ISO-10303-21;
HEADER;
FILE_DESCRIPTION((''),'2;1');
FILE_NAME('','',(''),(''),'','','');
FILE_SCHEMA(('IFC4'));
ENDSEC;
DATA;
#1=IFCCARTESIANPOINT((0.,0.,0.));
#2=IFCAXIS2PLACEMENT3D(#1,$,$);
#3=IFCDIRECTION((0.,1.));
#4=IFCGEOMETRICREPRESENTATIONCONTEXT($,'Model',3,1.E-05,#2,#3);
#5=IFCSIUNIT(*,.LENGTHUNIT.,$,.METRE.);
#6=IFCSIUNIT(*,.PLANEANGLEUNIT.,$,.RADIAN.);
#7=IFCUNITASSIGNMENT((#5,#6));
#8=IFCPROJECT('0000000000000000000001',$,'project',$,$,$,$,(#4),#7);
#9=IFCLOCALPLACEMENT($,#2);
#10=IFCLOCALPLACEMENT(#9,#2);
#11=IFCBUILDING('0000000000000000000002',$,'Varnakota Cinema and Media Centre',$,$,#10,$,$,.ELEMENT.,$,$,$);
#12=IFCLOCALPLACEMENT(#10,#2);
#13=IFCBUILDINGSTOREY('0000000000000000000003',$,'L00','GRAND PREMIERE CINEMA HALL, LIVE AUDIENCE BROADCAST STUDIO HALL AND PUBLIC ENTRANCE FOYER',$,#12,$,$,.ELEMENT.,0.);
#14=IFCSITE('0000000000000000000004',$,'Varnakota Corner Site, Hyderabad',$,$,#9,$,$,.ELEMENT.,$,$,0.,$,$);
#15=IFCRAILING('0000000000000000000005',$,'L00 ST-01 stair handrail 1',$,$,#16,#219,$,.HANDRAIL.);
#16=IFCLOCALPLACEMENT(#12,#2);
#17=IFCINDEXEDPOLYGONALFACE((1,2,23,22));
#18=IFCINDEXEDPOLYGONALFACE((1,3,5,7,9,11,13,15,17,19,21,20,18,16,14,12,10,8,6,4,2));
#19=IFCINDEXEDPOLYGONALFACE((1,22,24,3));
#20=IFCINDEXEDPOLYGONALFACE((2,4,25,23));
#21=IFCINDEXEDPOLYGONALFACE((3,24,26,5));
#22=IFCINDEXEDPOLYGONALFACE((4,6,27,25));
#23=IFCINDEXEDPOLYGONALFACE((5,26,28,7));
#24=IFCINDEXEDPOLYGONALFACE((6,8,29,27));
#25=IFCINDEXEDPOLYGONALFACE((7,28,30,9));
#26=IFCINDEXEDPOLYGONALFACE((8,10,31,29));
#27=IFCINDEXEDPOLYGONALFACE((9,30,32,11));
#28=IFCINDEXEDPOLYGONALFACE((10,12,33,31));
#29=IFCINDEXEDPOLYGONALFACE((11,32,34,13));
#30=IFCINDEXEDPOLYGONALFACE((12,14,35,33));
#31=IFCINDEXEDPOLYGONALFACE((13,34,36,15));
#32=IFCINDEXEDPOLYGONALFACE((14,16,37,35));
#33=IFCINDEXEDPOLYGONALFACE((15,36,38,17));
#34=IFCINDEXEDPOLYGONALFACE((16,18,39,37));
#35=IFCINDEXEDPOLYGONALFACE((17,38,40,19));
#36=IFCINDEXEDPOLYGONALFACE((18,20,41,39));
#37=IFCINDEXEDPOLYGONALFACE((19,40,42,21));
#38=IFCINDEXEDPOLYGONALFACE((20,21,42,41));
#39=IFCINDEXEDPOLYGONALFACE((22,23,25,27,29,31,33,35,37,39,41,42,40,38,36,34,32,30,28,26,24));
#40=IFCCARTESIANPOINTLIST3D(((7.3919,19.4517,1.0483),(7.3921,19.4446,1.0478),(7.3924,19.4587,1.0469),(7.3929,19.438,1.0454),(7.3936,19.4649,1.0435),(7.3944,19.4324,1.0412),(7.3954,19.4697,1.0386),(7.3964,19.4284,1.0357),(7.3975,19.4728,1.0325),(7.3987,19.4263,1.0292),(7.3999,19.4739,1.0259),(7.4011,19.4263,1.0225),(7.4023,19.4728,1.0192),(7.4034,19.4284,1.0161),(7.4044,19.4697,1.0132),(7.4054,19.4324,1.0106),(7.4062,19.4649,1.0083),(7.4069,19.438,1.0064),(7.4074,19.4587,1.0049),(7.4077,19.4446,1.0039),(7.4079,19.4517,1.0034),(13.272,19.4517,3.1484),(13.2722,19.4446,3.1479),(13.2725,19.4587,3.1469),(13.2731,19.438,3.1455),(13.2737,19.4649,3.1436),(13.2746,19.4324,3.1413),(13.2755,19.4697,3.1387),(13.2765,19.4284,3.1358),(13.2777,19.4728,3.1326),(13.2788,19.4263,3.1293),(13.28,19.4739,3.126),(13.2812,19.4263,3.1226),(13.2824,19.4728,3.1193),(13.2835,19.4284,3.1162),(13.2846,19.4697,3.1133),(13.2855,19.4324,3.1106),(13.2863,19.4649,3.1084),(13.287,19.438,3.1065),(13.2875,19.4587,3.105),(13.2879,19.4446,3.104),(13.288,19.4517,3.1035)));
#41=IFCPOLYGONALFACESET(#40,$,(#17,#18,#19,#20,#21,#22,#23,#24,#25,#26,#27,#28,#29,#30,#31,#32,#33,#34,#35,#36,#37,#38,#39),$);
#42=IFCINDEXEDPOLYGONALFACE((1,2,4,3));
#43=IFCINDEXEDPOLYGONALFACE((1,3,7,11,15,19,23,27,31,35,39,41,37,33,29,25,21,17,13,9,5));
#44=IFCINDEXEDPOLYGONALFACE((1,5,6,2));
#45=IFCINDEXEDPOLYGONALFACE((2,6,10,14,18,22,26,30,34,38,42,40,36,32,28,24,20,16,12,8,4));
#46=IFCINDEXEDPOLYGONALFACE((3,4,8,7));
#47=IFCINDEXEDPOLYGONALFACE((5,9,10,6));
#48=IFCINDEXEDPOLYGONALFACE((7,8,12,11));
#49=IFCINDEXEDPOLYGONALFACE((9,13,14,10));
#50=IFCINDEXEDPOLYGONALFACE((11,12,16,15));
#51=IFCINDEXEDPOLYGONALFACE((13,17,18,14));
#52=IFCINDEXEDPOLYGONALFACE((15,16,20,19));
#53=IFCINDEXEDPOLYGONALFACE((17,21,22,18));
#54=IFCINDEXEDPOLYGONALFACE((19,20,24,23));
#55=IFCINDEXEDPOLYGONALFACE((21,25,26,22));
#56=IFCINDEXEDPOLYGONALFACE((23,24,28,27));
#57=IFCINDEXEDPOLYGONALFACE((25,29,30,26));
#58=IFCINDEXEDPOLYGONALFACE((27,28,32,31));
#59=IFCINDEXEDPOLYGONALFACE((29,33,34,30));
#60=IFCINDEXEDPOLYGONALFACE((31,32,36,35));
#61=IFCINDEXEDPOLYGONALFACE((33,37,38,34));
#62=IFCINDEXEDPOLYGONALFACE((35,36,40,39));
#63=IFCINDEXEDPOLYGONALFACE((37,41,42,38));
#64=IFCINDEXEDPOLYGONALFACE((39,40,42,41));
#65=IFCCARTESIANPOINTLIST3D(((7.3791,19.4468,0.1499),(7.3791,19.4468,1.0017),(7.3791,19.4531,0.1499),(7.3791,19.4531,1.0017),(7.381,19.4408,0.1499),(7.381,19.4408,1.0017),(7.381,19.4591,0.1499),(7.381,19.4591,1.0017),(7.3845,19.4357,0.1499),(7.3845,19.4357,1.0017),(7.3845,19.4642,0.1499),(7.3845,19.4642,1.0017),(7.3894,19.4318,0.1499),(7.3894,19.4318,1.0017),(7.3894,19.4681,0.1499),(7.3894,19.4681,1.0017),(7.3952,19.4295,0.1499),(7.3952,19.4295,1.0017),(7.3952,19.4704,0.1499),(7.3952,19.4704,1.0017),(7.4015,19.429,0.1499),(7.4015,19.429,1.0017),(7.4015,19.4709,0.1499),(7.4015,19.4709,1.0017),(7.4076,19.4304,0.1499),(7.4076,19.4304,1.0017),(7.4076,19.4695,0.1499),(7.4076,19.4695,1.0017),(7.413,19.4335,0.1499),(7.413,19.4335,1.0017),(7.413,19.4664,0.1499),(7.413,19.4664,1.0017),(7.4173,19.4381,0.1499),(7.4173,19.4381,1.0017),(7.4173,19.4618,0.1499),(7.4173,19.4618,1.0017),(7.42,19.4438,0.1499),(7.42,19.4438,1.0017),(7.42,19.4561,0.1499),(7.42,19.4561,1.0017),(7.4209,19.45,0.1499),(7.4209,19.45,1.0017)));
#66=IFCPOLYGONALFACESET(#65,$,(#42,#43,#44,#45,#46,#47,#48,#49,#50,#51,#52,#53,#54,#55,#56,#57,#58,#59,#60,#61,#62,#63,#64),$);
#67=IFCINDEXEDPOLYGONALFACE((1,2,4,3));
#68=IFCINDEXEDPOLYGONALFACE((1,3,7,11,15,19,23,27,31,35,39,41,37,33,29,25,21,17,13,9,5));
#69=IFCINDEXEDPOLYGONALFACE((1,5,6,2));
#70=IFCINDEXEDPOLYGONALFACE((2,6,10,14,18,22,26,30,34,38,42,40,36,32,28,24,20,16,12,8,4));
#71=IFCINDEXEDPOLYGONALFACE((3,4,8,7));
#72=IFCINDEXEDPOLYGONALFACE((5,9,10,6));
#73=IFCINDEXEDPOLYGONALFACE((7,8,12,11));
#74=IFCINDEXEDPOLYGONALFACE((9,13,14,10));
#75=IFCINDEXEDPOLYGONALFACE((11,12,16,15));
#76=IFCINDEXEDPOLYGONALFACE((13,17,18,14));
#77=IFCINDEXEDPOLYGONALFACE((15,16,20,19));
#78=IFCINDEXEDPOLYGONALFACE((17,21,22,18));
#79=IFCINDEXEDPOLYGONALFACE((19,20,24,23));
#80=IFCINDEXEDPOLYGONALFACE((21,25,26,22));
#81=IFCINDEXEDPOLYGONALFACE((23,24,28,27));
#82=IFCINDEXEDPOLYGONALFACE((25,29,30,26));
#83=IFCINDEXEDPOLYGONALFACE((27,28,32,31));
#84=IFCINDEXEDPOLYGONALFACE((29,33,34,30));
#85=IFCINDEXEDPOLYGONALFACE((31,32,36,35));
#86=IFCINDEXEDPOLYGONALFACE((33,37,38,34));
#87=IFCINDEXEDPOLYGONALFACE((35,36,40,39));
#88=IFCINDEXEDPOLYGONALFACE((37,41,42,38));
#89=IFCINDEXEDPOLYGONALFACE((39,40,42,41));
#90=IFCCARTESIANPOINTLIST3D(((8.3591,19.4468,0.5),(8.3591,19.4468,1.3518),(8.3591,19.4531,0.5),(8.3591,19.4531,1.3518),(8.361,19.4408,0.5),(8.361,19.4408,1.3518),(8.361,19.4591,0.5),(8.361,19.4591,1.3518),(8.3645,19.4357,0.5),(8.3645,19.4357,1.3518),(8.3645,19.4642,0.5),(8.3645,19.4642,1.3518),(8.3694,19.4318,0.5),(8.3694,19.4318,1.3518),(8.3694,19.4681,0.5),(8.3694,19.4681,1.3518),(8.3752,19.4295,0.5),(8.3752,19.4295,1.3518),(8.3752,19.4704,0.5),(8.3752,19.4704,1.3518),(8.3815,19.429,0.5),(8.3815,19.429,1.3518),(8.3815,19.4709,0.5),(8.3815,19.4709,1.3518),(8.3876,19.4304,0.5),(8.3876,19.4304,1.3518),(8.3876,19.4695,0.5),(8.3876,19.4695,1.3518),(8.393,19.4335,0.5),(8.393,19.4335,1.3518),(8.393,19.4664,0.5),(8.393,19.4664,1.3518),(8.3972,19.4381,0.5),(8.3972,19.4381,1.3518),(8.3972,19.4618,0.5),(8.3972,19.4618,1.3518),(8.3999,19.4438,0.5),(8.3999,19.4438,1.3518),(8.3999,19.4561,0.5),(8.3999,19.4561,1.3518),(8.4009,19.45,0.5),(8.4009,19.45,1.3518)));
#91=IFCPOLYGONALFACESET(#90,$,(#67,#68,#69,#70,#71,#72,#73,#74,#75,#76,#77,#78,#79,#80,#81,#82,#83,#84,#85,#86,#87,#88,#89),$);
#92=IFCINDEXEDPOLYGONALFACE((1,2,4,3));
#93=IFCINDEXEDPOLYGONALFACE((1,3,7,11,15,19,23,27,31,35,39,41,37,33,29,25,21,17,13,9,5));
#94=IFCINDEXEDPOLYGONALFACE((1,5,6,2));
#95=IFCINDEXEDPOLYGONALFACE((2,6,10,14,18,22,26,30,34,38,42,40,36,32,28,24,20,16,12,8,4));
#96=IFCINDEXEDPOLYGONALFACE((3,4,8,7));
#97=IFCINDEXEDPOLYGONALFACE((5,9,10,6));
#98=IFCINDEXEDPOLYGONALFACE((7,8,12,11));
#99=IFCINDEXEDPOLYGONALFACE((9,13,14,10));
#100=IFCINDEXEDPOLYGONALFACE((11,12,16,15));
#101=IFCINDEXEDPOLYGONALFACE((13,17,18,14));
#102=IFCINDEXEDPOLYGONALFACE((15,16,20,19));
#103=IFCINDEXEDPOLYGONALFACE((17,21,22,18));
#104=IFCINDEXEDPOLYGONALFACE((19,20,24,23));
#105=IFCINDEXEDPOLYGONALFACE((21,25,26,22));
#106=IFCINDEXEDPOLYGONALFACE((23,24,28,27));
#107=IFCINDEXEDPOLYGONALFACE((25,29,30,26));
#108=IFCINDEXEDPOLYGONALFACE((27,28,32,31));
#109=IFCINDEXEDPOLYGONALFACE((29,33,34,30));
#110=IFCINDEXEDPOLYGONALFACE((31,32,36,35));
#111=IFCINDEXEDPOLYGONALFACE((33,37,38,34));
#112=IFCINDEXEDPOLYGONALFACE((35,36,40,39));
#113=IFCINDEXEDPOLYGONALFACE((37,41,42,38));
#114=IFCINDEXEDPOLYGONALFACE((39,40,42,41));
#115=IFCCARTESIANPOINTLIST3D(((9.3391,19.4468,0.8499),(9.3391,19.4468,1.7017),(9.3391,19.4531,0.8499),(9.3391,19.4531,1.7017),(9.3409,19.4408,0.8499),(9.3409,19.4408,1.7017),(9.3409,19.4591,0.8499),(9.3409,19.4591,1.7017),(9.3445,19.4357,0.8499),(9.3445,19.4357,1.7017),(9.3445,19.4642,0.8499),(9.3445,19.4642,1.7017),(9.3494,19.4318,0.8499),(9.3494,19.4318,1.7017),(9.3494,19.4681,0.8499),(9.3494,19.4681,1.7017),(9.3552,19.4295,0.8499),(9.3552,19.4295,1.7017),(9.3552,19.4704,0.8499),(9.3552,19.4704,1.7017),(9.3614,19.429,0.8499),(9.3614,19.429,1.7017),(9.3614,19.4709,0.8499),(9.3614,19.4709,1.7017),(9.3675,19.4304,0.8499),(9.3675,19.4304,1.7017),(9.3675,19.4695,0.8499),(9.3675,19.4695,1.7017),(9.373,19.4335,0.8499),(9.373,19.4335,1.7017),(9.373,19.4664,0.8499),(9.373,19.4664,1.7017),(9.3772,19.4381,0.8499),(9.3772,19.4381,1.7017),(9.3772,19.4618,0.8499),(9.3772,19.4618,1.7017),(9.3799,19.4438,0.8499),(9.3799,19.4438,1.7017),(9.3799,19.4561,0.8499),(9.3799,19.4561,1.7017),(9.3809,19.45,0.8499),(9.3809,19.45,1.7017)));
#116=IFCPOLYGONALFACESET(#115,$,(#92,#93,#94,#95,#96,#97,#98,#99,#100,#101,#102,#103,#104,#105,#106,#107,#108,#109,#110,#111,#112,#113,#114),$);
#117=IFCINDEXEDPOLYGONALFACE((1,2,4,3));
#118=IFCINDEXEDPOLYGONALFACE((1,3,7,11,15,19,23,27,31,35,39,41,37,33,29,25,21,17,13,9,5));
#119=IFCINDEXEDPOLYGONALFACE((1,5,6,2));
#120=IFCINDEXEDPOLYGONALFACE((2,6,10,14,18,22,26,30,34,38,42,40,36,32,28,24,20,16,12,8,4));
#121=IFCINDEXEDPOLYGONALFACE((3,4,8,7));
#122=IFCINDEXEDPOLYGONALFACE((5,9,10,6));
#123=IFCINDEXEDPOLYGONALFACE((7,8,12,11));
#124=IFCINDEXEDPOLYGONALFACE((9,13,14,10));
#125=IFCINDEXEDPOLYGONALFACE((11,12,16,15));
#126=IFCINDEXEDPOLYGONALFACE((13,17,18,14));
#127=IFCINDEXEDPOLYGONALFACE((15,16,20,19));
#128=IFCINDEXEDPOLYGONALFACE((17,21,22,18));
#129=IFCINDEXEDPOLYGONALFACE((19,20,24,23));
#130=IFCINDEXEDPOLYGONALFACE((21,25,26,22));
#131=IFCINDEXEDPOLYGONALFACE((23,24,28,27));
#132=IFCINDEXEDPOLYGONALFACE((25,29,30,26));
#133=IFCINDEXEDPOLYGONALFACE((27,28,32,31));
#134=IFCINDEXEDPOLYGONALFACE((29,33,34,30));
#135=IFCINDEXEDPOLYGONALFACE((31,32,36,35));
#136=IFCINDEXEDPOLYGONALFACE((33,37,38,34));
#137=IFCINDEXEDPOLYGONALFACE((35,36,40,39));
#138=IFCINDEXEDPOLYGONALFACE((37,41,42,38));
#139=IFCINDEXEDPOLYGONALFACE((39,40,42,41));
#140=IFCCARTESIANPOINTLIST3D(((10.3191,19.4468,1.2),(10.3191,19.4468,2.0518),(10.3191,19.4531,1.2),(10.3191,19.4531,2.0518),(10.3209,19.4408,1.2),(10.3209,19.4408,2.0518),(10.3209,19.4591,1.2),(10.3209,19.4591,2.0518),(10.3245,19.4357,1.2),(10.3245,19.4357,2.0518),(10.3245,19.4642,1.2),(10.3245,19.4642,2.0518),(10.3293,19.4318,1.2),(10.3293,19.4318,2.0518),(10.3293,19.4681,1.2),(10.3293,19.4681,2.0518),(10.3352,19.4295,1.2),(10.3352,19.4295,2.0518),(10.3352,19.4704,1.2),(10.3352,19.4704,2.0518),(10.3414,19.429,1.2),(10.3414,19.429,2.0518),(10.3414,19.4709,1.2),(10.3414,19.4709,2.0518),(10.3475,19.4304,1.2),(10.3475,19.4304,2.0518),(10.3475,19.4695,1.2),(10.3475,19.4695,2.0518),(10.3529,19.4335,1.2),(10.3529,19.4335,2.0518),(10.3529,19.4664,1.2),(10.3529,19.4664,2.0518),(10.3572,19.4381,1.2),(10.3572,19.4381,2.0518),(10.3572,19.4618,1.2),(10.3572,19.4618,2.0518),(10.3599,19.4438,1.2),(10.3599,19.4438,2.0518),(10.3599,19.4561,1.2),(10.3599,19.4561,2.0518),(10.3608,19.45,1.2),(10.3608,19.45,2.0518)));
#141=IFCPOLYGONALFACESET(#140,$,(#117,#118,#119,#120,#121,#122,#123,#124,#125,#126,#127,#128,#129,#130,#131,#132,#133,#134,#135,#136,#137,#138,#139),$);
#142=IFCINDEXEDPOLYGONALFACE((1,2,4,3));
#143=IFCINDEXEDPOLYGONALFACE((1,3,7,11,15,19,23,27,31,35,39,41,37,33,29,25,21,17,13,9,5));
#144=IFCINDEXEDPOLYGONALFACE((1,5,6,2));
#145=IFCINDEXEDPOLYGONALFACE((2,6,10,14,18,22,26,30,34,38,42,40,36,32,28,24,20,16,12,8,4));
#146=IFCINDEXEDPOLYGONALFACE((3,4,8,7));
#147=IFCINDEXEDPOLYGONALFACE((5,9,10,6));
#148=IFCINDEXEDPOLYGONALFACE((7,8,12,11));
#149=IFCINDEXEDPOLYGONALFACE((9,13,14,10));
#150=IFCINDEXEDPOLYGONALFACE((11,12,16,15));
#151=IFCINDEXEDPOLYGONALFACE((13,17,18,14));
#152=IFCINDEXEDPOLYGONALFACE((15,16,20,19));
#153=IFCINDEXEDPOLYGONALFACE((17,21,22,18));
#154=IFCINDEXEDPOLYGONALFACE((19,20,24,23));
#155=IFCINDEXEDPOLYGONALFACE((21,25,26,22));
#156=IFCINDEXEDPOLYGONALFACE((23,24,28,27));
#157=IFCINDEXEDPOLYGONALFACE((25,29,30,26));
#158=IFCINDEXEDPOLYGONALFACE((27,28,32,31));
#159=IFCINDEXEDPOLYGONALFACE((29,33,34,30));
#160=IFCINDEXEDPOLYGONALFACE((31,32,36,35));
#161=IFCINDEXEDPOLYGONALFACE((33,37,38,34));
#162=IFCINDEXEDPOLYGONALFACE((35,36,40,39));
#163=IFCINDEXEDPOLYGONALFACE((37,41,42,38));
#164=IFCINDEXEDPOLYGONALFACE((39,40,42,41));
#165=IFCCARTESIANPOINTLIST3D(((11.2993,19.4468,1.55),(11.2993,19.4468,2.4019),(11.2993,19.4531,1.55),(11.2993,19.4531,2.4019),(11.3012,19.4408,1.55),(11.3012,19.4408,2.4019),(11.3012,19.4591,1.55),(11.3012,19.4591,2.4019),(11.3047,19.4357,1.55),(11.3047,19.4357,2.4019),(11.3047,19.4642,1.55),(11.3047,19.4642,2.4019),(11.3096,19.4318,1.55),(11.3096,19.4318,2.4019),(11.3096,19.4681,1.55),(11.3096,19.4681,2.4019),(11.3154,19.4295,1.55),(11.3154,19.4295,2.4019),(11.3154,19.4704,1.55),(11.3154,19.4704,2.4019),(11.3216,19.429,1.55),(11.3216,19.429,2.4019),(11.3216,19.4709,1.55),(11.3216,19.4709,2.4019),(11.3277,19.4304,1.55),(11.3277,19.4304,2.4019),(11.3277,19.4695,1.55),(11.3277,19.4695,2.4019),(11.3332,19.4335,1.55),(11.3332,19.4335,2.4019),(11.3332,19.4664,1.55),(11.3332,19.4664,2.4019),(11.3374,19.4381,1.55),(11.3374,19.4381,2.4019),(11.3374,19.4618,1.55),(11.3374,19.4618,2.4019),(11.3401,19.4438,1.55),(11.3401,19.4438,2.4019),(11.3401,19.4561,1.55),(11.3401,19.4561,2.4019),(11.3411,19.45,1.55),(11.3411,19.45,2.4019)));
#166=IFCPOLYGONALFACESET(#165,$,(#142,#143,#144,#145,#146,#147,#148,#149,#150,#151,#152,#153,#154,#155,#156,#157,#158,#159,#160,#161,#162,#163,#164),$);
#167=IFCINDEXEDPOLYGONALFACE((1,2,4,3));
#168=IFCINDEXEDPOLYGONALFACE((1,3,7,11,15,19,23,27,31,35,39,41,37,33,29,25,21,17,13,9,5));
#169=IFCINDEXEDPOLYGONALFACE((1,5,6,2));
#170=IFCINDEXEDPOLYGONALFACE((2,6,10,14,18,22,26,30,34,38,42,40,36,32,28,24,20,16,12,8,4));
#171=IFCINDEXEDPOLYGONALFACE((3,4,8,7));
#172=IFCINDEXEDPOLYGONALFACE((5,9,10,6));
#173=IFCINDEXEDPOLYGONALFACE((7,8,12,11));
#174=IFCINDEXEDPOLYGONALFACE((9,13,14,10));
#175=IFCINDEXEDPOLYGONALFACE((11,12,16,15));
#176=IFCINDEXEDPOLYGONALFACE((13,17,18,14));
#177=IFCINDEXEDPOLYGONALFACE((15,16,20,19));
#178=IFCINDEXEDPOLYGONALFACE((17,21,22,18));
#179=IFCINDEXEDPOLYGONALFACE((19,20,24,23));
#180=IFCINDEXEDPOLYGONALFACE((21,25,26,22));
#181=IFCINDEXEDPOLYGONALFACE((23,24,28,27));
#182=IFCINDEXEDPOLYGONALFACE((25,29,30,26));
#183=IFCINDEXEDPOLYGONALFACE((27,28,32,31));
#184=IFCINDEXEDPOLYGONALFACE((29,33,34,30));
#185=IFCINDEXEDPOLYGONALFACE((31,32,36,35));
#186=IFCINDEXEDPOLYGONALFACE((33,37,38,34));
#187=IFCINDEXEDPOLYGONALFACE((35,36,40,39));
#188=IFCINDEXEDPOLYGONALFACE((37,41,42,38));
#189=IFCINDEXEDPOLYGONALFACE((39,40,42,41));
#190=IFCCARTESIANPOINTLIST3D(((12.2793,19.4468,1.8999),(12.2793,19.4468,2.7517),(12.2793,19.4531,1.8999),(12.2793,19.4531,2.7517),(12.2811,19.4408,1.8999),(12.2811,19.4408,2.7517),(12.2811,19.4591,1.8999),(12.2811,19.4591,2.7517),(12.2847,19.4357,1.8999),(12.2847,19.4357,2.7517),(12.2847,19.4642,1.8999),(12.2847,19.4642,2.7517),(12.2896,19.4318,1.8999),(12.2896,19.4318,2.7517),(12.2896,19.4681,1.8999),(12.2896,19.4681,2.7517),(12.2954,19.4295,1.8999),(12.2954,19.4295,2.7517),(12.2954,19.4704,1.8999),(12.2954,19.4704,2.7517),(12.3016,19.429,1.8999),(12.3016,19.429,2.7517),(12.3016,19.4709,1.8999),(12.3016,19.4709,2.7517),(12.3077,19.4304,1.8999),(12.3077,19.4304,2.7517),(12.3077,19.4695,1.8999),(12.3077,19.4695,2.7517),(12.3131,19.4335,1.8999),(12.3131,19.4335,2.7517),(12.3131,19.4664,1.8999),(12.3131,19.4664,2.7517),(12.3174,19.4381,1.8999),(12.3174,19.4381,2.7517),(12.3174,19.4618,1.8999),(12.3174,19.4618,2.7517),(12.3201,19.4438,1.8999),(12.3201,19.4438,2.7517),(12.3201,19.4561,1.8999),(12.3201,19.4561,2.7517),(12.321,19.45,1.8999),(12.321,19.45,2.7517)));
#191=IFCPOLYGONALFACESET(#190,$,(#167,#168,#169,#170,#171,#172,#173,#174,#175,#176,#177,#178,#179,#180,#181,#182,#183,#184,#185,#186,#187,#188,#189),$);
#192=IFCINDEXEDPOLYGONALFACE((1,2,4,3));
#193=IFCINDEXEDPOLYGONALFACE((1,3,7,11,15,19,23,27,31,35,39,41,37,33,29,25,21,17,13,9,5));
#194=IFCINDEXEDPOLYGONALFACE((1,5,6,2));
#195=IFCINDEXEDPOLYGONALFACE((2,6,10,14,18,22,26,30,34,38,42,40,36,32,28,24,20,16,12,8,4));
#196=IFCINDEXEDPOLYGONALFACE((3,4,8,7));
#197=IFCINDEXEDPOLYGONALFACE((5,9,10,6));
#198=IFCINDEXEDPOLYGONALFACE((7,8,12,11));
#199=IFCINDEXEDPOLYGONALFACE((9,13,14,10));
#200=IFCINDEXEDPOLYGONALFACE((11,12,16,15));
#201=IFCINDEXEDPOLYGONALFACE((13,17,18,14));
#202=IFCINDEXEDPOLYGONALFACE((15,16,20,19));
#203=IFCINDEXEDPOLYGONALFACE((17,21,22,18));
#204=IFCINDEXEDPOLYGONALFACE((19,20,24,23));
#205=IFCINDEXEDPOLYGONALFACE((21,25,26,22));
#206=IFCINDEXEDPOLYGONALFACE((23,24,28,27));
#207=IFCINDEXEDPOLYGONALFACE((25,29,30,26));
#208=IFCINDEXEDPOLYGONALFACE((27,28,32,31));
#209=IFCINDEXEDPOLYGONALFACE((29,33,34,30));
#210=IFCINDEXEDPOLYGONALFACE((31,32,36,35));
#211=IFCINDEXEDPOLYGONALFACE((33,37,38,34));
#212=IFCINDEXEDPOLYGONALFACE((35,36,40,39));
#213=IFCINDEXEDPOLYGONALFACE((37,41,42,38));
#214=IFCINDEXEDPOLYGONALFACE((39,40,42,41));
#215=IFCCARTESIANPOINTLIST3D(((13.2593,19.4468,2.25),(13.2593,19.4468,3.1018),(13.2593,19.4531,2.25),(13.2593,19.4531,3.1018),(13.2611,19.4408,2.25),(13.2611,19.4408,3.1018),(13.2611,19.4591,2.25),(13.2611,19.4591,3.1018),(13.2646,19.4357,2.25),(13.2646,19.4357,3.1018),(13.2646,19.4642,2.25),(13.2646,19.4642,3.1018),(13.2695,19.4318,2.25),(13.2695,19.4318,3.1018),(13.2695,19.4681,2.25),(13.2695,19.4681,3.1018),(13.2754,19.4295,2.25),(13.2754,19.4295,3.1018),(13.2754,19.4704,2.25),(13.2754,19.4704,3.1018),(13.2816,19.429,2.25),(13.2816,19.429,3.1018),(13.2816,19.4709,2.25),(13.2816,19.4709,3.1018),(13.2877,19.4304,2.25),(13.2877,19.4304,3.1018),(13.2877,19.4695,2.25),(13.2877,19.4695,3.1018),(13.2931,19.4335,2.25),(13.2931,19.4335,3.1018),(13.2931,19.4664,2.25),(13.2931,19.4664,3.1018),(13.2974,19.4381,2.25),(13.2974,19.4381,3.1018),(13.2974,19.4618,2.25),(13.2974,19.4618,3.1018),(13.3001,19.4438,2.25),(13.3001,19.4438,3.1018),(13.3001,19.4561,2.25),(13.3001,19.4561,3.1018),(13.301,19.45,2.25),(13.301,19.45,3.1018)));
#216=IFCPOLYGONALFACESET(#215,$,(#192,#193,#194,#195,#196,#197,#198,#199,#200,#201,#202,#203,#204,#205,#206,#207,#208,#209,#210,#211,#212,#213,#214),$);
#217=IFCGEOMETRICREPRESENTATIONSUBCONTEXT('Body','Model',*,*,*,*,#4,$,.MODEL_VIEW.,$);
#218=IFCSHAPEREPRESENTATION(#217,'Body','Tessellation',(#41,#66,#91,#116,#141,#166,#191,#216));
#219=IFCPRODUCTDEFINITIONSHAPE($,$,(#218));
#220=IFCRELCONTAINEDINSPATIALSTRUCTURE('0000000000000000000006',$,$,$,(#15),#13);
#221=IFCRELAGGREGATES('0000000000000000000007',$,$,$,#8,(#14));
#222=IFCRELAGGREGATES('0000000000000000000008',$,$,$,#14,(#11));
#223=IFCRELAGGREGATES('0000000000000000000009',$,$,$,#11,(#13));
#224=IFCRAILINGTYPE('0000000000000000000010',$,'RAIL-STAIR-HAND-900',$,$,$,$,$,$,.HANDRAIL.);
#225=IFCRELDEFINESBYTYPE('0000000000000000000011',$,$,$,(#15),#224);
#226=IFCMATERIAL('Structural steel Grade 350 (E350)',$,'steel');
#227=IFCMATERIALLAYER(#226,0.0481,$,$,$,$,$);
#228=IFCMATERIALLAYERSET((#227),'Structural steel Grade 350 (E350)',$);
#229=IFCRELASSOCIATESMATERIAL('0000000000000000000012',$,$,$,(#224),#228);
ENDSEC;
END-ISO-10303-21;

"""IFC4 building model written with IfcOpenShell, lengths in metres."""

from ifc_helpers import new_model, si_unit, direction, frame, origin, origin_2d, place, context, subcontext, project, spatial, circle, extrude, material, layer, layer_set, type_object, element, save


model = new_model("IFC4")

# Units and contexts
model_context = context("Model", 3, precision=1e-05, world=origin(), true_north=direction((0.0, 1.0)))
body_context = subcontext(model_context, "Body", "Model", "MODEL_VIEW")
ifc_project = project(units=[si_unit("LENGTHUNIT", "METRE"), si_unit("PLANEANGLEUNIT", "RADIAN")], contexts=[model_context])

# Site, building, storey
site_placement = place(None, origin())
site = spatial("IfcSite", under=ifc_project, at=site_placement, Name="Varnakota Corner Site, Hyderabad", CompositionType="ELEMENT", RefElevation=0.0)
building_placement = place(site_placement, origin())
building = spatial("IfcBuilding", under=site, at=building_placement, Name="Varnakota Cinema and Media Centre", CompositionType="ELEMENT")
storey_placement = place(building_placement, origin())
storey = spatial("IfcBuildingStorey", under=building, at=storey_placement, Name="L00", Description="GRAND PREMIERE CINEMA HALL, LIVE AUDIENCE BROADCAST STUDIO HALL AND PUBLIC ENTRANCE FOYER", CompositionType="ELEMENT", Elevation=0.0)

# Railing
ifc_material_1 = material(Name="Structural steel Grade 350 (E350)", Category="steel")
ifc_layer_1 = layer(ifc_material_1, 0.0481)
ifc_layer_set_1 = layer_set([ifc_layer_1], Name="Structural steel Grade 350 (E350)")
railing_type_1 = type_object("IfcRailingType", Name="RAIL-STAIR-HAND-900", PredefinedType="HANDRAIL", material=ifc_layer_set_1)
railing_1_placement = place(storey_placement, frame((7.3999, 19.45, 0.1499)))
element("IfcRailing", 1, at=railing_1_placement, inside=storey, type_object=railing_type_1, Name="L00 ST-01 stair handrail 1", PredefinedType="HANDRAIL", context=body_context, shape_type="SweptSolid", body=[
    extrude(circle(Radius=0.0239, at=origin_2d()), frame((0.0, 0.0, 0.876), z_axis=(0.941739, 0.0, 0.336344), x_axis=(0.0, 1.0, 0.0)), (0.0, 0.0, 1.0), 6.2439),
    extrude(circle(Radius=0.021, at=origin_2d()), origin(), (0.0, 0.0, 1.0), 0.8518),
    extrude(circle(Radius=0.021, at=origin_2d()), frame((0.98, 0.0, 0.3501)), (0.0, 0.0, 1.0), 0.8518),
    extrude(circle(Radius=0.021, at=origin_2d()), frame((1.96, 0.0, 0.7)), (0.0, 0.0, 1.0), 0.8518),
    extrude(circle(Radius=0.021, at=origin_2d()), frame((2.9399, 0.0, 1.05)), (0.0, 0.0, 1.0), 0.8518),
    extrude(circle(Radius=0.021, at=origin_2d()), frame((3.9202, 0.0, 1.4001)), (0.0, 0.0, 1.0), 0.8518),
    extrude(circle(Radius=0.021, at=origin_2d()), frame((4.9001, 0.0, 1.75)), (0.0, 0.0, 1.0), 0.8518),
    extrude(circle(Radius=0.021, at=origin_2d()), frame((5.8801, 0.0, 2.1001)), (0.0, 0.0, 1.0), 0.8518),
])

save(model, "model.ifc")
